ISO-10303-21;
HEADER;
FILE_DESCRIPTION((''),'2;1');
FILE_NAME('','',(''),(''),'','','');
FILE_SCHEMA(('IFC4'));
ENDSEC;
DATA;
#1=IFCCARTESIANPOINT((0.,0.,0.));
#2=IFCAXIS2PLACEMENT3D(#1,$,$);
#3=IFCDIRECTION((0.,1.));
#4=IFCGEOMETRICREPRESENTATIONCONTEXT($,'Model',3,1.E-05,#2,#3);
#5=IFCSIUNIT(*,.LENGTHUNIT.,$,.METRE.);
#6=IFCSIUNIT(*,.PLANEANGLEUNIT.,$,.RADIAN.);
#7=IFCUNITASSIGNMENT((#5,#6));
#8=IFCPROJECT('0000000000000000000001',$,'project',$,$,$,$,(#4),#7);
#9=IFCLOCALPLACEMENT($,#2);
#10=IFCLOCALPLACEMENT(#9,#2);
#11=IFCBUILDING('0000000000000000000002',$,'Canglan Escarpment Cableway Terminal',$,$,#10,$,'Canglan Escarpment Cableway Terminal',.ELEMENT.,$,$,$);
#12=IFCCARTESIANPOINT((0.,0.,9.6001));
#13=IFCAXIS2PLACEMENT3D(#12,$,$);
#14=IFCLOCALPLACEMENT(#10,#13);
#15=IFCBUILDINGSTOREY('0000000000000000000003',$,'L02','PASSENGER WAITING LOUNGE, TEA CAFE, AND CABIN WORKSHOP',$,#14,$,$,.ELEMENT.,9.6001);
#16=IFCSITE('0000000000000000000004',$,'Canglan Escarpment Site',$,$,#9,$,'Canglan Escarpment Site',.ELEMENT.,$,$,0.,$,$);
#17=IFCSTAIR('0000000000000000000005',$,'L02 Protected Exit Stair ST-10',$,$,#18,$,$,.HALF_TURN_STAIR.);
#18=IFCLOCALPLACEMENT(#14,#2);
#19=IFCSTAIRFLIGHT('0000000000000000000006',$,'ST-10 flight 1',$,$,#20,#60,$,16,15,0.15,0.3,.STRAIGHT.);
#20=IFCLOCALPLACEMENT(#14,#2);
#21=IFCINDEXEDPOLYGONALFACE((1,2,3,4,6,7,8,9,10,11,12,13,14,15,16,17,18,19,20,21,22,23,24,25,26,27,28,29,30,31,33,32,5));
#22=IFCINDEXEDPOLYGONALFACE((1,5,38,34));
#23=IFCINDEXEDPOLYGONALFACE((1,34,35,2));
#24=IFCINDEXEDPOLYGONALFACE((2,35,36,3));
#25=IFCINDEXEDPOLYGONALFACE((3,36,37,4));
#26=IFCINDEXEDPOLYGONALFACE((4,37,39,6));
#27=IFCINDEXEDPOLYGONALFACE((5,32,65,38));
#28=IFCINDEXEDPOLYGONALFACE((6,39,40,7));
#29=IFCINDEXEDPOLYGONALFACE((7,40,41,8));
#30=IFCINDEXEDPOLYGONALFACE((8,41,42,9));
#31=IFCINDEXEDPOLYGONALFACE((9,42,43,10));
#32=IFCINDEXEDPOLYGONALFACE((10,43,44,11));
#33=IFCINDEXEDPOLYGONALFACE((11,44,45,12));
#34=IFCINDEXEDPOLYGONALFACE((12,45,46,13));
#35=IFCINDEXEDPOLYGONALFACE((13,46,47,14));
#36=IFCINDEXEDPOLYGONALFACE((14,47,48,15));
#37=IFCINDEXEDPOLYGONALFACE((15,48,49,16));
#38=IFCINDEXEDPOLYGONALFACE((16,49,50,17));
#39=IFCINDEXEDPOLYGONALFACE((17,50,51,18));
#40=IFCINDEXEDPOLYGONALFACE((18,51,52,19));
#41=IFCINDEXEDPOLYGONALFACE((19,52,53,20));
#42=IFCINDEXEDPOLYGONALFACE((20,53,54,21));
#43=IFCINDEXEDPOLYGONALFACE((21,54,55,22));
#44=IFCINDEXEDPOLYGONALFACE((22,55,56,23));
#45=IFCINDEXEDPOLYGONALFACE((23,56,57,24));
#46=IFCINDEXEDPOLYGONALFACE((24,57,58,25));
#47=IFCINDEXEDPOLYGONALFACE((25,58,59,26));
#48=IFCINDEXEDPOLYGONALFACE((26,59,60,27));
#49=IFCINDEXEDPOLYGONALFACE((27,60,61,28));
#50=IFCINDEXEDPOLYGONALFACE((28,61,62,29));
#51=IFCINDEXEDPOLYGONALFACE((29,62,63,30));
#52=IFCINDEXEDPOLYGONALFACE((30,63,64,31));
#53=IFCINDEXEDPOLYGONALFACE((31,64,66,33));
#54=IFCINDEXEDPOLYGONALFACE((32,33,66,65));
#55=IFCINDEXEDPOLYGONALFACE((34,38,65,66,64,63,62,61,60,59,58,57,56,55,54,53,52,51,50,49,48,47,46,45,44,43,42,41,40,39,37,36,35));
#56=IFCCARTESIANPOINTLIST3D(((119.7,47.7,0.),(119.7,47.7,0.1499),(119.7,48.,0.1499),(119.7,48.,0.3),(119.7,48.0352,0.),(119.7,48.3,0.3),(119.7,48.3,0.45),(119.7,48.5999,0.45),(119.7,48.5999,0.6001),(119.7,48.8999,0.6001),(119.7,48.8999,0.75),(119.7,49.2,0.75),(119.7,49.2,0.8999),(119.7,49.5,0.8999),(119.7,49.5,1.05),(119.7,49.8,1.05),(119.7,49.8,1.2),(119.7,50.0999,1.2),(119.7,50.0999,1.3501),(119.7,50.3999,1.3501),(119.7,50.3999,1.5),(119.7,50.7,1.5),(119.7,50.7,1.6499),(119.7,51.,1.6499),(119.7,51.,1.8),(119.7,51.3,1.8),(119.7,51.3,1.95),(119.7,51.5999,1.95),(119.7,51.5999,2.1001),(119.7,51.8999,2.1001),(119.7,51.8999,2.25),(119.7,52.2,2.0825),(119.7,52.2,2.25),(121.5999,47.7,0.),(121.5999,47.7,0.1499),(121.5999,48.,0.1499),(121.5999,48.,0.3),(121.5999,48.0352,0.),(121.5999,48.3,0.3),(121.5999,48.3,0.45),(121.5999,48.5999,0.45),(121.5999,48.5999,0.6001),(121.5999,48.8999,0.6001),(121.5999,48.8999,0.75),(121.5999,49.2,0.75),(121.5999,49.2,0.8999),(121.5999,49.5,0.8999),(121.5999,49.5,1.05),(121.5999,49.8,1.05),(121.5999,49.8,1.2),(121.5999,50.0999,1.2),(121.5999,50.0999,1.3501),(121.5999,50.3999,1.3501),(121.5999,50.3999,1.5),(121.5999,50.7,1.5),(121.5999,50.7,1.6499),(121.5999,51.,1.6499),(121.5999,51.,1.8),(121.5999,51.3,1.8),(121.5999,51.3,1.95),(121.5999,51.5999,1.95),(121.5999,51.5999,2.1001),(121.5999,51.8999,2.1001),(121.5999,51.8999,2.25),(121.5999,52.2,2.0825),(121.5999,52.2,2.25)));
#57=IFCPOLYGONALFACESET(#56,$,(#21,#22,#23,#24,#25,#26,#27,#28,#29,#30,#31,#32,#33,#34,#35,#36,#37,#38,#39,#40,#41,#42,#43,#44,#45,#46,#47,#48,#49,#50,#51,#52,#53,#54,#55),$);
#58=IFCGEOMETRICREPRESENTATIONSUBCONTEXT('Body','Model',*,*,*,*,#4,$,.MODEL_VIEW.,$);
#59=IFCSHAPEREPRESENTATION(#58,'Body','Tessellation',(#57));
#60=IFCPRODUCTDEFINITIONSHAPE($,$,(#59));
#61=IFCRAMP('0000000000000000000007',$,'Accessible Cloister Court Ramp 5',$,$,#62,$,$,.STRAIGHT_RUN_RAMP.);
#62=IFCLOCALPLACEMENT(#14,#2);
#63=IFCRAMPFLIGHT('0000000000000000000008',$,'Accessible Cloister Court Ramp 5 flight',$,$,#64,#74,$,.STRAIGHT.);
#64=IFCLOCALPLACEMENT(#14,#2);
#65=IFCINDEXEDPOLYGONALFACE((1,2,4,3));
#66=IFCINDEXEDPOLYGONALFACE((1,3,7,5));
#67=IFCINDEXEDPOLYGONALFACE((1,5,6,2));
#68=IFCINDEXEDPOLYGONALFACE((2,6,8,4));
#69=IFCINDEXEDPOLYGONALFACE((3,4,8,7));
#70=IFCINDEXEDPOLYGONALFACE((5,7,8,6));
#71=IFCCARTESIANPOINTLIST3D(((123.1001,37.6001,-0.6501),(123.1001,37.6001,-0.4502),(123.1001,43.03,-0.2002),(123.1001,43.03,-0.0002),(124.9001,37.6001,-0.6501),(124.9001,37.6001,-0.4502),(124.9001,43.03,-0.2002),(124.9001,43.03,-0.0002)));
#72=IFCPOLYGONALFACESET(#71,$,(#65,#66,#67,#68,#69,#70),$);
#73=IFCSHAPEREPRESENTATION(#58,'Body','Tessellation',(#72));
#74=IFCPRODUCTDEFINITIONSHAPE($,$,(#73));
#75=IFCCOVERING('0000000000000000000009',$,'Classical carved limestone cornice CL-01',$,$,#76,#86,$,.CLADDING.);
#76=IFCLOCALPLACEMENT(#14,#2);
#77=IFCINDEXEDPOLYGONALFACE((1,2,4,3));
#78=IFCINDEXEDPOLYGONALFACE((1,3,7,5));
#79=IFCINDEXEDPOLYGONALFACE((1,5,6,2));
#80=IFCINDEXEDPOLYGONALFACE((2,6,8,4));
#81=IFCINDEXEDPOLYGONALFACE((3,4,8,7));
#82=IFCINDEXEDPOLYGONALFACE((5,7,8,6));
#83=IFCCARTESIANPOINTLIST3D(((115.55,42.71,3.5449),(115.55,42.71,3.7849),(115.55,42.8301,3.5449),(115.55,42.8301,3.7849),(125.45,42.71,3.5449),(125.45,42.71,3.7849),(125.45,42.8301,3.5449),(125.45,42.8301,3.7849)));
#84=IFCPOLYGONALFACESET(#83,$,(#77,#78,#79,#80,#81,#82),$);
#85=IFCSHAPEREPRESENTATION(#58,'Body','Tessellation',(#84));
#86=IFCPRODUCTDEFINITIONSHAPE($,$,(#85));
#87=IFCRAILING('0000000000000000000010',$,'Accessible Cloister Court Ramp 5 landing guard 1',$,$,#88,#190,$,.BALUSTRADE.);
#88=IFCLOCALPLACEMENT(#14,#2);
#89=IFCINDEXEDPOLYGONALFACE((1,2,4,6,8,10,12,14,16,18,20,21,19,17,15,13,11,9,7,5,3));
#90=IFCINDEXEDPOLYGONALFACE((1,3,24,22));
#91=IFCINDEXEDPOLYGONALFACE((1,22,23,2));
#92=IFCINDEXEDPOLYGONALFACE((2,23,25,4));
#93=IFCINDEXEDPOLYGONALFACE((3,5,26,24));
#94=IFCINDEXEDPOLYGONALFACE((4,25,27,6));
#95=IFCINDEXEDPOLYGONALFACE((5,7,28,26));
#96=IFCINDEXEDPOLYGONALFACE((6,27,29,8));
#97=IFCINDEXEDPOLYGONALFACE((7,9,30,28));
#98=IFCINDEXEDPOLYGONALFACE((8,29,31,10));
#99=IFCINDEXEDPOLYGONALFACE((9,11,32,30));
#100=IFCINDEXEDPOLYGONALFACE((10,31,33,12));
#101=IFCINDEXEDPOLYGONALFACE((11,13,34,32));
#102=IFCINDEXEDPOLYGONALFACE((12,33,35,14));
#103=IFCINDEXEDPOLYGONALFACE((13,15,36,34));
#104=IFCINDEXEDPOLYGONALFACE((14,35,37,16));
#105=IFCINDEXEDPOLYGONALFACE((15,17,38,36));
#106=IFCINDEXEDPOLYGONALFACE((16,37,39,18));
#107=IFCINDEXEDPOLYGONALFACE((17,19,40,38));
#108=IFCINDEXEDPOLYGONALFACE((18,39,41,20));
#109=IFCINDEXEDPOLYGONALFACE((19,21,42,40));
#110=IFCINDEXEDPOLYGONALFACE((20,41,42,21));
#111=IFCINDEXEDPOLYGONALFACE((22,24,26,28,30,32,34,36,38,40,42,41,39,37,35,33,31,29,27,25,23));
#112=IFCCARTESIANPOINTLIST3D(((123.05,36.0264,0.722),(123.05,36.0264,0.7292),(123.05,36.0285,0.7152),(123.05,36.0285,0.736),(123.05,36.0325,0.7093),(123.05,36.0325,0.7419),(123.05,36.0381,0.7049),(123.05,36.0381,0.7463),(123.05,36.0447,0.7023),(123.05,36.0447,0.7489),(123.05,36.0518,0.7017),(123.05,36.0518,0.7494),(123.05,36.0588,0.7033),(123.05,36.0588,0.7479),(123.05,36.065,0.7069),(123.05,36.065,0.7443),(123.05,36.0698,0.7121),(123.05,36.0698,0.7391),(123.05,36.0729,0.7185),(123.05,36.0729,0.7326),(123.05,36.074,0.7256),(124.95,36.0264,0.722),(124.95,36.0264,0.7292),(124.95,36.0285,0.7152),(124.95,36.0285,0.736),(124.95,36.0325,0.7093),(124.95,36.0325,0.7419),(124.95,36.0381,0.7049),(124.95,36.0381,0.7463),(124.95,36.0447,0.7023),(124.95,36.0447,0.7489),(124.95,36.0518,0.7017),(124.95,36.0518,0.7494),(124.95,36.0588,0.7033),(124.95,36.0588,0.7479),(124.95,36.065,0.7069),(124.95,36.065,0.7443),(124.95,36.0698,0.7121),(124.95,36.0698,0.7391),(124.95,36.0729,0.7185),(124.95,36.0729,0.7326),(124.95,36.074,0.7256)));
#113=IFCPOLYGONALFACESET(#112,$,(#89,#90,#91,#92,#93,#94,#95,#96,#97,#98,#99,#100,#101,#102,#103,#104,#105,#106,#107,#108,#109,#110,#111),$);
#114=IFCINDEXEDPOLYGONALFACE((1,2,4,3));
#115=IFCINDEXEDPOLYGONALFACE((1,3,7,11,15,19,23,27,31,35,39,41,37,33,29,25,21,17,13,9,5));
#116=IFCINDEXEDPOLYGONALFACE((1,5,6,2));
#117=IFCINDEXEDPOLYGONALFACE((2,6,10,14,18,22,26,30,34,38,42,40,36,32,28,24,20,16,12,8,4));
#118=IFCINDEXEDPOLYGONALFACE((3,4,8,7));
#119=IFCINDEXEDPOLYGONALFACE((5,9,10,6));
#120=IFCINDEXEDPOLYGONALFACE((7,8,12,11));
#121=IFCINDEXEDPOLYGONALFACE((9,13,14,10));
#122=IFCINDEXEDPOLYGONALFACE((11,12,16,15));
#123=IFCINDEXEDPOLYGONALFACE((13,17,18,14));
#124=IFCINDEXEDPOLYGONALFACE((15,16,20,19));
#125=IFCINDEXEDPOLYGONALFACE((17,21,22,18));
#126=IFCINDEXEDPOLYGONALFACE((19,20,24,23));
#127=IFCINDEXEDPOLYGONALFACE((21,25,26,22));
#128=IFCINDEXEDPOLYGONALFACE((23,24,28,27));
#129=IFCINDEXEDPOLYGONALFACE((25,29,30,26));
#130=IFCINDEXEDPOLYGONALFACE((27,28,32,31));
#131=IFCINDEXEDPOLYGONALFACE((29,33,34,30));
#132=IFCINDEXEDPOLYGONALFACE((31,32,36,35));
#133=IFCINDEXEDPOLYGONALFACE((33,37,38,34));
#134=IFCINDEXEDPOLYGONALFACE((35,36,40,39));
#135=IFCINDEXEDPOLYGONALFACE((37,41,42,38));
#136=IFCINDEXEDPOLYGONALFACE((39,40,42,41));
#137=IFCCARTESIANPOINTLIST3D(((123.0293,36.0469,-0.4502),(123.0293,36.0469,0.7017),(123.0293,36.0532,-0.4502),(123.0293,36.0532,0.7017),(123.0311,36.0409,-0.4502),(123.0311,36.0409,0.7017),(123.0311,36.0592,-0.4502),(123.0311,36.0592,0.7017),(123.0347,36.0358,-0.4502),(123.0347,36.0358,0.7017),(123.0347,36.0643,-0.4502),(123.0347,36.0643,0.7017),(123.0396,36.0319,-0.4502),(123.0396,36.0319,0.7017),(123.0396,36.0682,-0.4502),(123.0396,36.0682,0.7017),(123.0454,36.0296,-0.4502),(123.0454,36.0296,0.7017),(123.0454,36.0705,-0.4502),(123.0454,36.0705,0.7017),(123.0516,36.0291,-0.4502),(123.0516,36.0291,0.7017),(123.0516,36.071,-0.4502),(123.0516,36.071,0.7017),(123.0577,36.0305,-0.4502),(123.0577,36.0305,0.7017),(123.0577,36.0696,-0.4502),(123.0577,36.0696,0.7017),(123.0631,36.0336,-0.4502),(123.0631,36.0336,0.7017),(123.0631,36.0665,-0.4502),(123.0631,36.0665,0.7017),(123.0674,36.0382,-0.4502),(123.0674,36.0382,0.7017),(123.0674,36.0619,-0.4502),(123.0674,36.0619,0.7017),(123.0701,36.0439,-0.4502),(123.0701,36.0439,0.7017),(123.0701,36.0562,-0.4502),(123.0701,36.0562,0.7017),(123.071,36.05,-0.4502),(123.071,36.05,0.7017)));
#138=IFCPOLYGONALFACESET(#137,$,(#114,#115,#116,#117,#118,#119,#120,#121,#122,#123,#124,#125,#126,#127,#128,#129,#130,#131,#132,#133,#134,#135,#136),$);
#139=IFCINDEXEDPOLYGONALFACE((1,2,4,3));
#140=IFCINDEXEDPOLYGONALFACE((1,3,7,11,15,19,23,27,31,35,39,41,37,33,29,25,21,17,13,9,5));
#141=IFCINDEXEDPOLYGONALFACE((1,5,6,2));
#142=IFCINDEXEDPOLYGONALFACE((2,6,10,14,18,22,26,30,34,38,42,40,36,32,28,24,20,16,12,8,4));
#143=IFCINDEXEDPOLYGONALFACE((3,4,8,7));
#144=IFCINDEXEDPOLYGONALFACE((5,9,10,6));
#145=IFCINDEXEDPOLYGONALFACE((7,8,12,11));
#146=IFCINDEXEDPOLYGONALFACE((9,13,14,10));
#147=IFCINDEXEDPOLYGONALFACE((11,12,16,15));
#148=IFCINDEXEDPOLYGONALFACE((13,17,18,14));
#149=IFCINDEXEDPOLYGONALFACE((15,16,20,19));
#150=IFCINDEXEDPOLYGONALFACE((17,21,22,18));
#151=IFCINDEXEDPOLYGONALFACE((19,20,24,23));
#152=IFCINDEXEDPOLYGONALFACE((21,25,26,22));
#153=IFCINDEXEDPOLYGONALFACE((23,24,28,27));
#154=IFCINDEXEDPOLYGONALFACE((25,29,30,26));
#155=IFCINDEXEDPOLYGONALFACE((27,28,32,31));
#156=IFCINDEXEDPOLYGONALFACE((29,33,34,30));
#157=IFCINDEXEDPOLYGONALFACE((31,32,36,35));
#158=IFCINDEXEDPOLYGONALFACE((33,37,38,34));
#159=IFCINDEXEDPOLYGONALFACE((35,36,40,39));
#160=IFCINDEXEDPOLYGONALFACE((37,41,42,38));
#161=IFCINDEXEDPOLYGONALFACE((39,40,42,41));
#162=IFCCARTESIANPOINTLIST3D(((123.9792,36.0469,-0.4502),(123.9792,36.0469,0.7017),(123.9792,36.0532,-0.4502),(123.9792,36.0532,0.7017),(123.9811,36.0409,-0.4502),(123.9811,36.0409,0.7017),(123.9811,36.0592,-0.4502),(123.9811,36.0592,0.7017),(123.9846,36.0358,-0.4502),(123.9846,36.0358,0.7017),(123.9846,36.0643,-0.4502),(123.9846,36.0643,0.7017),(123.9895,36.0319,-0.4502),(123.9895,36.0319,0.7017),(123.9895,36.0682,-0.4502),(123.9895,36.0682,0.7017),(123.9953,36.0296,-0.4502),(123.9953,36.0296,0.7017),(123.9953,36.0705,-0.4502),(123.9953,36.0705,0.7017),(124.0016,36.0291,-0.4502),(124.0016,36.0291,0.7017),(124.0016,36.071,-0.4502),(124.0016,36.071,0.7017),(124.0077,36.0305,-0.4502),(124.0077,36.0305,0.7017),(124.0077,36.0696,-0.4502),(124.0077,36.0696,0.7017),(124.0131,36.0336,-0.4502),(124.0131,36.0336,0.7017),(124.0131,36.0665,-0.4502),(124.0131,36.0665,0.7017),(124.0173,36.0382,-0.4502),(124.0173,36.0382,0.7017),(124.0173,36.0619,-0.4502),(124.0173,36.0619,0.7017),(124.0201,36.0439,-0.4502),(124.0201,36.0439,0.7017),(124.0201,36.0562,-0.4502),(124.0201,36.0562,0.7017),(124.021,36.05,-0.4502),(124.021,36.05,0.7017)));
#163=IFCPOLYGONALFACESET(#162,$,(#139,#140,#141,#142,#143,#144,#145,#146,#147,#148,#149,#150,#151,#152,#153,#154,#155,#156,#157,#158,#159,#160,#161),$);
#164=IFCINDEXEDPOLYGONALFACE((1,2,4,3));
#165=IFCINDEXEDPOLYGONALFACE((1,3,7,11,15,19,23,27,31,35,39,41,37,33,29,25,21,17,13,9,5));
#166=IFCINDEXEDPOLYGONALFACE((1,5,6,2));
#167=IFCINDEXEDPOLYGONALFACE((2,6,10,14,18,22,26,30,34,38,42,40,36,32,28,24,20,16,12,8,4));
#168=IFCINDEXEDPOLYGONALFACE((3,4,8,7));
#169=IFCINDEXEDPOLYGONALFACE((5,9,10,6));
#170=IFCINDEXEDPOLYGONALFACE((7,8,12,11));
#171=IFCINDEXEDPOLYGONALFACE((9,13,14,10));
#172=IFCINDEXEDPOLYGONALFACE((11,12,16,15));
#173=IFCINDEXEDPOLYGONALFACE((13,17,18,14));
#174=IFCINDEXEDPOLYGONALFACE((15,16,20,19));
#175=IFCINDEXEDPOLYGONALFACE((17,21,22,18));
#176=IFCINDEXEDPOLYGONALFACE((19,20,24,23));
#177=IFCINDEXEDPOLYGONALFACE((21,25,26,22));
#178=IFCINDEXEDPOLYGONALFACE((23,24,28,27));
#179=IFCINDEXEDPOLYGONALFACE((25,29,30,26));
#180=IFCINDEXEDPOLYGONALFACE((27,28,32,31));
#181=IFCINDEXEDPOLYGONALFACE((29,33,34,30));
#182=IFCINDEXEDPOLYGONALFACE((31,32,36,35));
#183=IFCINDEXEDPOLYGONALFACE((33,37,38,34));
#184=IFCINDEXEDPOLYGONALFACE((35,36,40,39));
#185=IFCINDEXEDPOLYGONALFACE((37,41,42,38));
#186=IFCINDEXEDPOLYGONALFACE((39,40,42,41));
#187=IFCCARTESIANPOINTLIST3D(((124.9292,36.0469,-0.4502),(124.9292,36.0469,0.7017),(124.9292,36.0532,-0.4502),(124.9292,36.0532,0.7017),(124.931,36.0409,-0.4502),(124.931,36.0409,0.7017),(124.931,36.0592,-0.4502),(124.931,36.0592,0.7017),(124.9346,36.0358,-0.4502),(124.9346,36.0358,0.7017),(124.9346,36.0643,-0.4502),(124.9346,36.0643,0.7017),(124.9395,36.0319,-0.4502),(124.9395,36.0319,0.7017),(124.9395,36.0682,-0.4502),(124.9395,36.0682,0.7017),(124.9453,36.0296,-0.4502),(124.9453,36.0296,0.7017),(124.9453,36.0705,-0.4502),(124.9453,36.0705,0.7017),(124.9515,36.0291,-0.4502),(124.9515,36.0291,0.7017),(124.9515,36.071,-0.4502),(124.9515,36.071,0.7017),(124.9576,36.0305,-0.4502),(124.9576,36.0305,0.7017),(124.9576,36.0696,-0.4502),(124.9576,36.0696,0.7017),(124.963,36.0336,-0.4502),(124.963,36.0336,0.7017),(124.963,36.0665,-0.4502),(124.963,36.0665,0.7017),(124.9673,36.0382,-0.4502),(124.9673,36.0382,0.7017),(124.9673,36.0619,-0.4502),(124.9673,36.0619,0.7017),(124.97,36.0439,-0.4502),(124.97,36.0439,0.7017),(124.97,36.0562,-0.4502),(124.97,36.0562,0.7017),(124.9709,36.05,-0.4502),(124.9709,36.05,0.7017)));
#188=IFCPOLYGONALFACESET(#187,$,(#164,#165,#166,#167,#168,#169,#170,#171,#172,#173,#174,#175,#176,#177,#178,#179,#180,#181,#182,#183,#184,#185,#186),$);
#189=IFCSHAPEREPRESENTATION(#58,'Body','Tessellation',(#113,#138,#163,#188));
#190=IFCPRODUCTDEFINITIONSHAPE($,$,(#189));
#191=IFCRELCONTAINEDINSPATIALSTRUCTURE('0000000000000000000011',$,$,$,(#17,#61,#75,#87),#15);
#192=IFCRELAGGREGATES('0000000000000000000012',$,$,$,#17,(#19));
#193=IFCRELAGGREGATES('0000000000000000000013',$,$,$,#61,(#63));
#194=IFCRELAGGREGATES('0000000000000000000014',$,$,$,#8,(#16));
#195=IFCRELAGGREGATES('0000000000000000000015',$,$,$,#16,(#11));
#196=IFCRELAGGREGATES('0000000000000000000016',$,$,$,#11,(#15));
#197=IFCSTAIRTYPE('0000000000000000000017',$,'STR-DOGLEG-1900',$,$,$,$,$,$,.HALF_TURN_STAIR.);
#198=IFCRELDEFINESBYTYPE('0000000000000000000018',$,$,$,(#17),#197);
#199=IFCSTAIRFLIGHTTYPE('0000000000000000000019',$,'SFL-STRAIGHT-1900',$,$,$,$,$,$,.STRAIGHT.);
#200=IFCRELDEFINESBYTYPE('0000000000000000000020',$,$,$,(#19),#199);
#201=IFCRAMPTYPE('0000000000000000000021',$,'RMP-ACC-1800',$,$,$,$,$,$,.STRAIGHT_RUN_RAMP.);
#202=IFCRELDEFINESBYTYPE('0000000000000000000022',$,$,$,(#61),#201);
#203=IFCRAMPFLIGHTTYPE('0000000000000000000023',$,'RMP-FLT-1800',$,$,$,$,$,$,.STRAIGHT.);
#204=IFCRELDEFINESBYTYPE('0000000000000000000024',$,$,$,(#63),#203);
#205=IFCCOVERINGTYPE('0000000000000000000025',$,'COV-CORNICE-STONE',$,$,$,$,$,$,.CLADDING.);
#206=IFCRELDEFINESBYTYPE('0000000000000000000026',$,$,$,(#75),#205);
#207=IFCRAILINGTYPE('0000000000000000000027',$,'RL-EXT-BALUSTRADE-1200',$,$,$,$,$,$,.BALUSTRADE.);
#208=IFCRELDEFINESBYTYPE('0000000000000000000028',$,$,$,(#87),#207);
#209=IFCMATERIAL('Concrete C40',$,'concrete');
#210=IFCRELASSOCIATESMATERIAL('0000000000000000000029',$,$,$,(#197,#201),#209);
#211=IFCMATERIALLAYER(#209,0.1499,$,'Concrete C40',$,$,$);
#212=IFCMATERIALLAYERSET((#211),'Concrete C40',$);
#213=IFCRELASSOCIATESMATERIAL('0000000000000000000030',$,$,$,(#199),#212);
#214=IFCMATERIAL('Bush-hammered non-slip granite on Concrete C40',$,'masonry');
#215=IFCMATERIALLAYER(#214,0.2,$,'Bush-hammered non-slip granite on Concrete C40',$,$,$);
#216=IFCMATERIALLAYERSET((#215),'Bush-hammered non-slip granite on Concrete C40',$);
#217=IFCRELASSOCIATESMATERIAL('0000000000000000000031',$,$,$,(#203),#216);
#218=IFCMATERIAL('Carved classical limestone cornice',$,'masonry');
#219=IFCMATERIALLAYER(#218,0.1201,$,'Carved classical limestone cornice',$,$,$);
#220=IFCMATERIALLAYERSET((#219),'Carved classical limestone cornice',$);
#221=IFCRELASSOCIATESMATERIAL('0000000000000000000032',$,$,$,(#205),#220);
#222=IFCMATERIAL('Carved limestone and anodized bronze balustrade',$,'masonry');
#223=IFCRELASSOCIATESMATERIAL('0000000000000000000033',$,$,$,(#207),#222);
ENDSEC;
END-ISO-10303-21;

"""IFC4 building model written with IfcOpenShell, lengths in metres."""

from ifc_helpers import new_model, si_unit, direction, frame, origin, origin_2d, place, context, subcontext, project, spatial, polyline, rectangle, circle, outline, extrude, material, layer, layer_set, type_object, element, aggregate, save


model = new_model("IFC4")

# Units and contexts
model_context = context("Model", 3, precision=1e-05, world=origin(), true_north=direction((0.0, 1.0)))
body_context = subcontext(model_context, "Body", "Model", "MODEL_VIEW")
ifc_project = project(units=[si_unit("LENGTHUNIT", "METRE"), si_unit("PLANEANGLEUNIT", "RADIAN")], contexts=[model_context])

# Site, building, storey
site_placement = place(None, origin())
site = spatial("IfcSite", under=ifc_project, at=site_placement, Name="Canglan Escarpment Site", LongName="Canglan Escarpment Site", CompositionType="ELEMENT", RefElevation=0.0)
building_placement = place(site_placement, origin())
building = spatial("IfcBuilding", under=site, at=building_placement, Name="Canglan Escarpment Cableway Terminal", LongName="Canglan Escarpment Cableway Terminal", CompositionType="ELEMENT")
storey_placement = place(building_placement, frame((0.0, 0.0, 9.6001)))
storey = spatial("IfcBuildingStorey", under=building, at=storey_placement, Name="L02", Description="PASSENGER WAITING LOUNGE, TEA CAFE, AND CABIN WORKSHOP", CompositionType="ELEMENT", Elevation=9.6001)

# Shared definitions
ifc_material_1 = material(Name="Concrete C40", Category="concrete")

# Stair, stair flight
stair_type = type_object("IfcStairType", Name="STR-DOGLEG-1900", PredefinedType="HALF_TURN_STAIR", material=ifc_material_1)
stair_placement = place(storey_placement, origin())
stair = element("IfcStair", 1, at=stair_placement, inside=storey, type_object=stair_type, Name="L02 Protected Exit Stair ST-10", PredefinedType="HALF_TURN_STAIR")
ifc_layer_1 = layer(ifc_material_1, 0.1499, Name="Concrete C40")
ifc_layer_set_1 = layer_set([ifc_layer_1], Name="Concrete C40")
stair_flight_type = type_object("IfcStairFlightType", Name="SFL-STRAIGHT-1900", PredefinedType="STRAIGHT", material=ifc_layer_set_1)
stair_flight_placement = place(storey_placement, frame((120.6499, 47.7, 0.0), z_axis=(0.0, 0.0, 1.0), x_axis=(0.0, 1.0, 0.0)))
stair_flight = element("IfcStairFlight", 2, at=stair_flight_placement, type_object=stair_flight_type, Name="ST-10 flight 1", NumberOfRisers=16, NumberOfTreads=15, PredefinedType="STRAIGHT", RiserHeight=0.15, TreadLength=0.3, context=body_context, shape_type="SweptSolid", body=[
    extrude(outline(polyline([(0.0, 0.0), (0.0, 0.1499), (0.3, 0.1499), (0.3, 0.3), (0.6001, 0.3), (0.6001, 0.45), (0.8999, 0.45), (0.8999, 0.6001), (1.2, 0.6001), (1.2, 0.75), (1.5, 0.75), (1.5, 0.8999), (1.8, 0.8999), (1.8, 1.05), (2.1001, 1.05), (2.1001, 1.2), (2.3999, 1.2), (2.3999, 1.3501), (2.7, 1.3501), (2.7, 1.5), (3.0, 1.5), (3.0, 1.6499), (3.3, 1.6499), (3.3, 1.8), (3.6001, 1.8), (3.6001, 1.95), (3.8999, 1.95), (3.8999, 2.1001), (4.2, 2.1001), (4.2, 2.25), (4.5, 2.25), (4.5, 2.3999), (4.5, 2.0825), (0.3352, 0.0), (0.0, 0.0)])), frame((0.0, 0.95, 0.0), z_axis=(0.0, -1.0, 0.0), x_axis=(1.0, 0.0, 0.0)), (0.0, 0.0, 1.0), 1.8999),
])
aggregate(stair, [stair_flight])

# Ramp, ramp flight
ramp_type = type_object("IfcRampType", Name="RMP-ACC-1800", PredefinedType="STRAIGHT_RUN_RAMP", material=ifc_material_1)
ramp_placement = place(storey_placement, origin())
ramp = element("IfcRamp", 3, at=ramp_placement, inside=storey, type_object=ramp_type, Name="Accessible Cloister Court Ramp 5", PredefinedType="STRAIGHT_RUN_RAMP")
ifc_material_2 = material(Name="Bush-hammered non-slip granite on Concrete C40", Category="masonry")
ifc_layer_2 = layer(ifc_material_2, 0.2, Name="Bush-hammered non-slip granite on Concrete C40")
ifc_layer_set_2 = layer_set([ifc_layer_2], Name="Bush-hammered non-slip granite on Concrete C40")
ramp_flight_type = type_object("IfcRampFlightType", Name="RMP-FLT-1800", PredefinedType="STRAIGHT", material=ifc_layer_set_2)
ramp_flight_placement = place(storey_placement, frame((124.0, 37.6001, -0.4502), z_axis=(0.0, 0.0, 1.0), x_axis=(0.0, 1.0, 0.0)))
ramp_flight = element("IfcRampFlight", 4, at=ramp_flight_placement, type_object=ramp_flight_type, Name="Accessible Cloister Court Ramp 5 flight", PredefinedType="STRAIGHT", context=body_context, shape_type="SweptSolid", body=[
    extrude(outline(polyline([(0.0, 0.0), (0.0, -0.2), (5.4299, 0.25), (5.4299, 0.45), (0.0, 0.0)])), frame((0.0, 0.8999, 0.0), z_axis=(0.0, -1.0, 0.0), x_axis=(1.0, 0.0, 0.0)), (0.0, 0.0, 1.0), 1.8),
])
aggregate(ramp, [ramp_flight])

# Covering
ifc_material_3 = material(Name="Carved classical limestone cornice", Category="masonry")
ifc_layer_3 = layer(ifc_material_3, 0.1201, Name="Carved classical limestone cornice")
ifc_layer_set_3 = layer_set([ifc_layer_3], Name="Carved classical limestone cornice")
covering_type = type_object("IfcCoveringType", Name="COV-CORNICE-STONE", PredefinedType="CLADDING", material=ifc_layer_set_3)
covering_placement = place(storey_placement, frame((120.5, 42.77, 3.5449), z_axis=(0.0, 0.0, 1.0), x_axis=(1.0, 0.0, 0.0)))
element("IfcCovering", 5, at=covering_placement, inside=storey, type_object=covering_type, Name="Classical carved limestone cornice CL-01", PredefinedType="CLADDING", context=body_context, shape_type="SweptSolid", body=[
    extrude(rectangle(XDim=9.8999, YDim=0.1201, at=origin_2d()), origin(), (0.0, 0.0, 1.0), 0.24),
])

# Railing
ifc_material_4 = material(Name="Carved limestone and anodized bronze balustrade", Category="masonry")
railing_type_1 = type_object("IfcRailingType", Name="RL-EXT-BALUSTRADE-1200", PredefinedType="BALUSTRADE", material=ifc_material_4)
railing_1_placement = place(storey_placement, frame((123.05, 36.05, -0.4502)))
element("IfcRailing", 6, at=railing_1_placement, inside=storey, type_object=railing_type_1, Name="Accessible Cloister Court Ramp 5 landing guard 1", PredefinedType="BALUSTRADE", context=body_context, shape_type="SweptSolid", body=[
    extrude(circle(Radius=0.0239, at=origin_2d()), frame((0.0, 0.0, 1.1758), z_axis=(1.0, 0.0, 0.0), x_axis=(0.0, 1.0, 0.0)), (0.0, 0.0, 1.0), 1.8999),
    extrude(circle(Radius=0.021, at=origin_2d()), origin(), (0.0, 0.0, 1.0), 1.1519),
    extrude(circle(Radius=0.021, at=origin_2d()), frame((0.95, 0.0, 0.0)), (0.0, 0.0, 1.0), 1.1519),
    extrude(circle(Radius=0.021, at=origin_2d()), frame((1.8999, 0.0, 0.0)), (0.0, 0.0, 1.0), 1.1519),
])

save(model, "model.ifc")
